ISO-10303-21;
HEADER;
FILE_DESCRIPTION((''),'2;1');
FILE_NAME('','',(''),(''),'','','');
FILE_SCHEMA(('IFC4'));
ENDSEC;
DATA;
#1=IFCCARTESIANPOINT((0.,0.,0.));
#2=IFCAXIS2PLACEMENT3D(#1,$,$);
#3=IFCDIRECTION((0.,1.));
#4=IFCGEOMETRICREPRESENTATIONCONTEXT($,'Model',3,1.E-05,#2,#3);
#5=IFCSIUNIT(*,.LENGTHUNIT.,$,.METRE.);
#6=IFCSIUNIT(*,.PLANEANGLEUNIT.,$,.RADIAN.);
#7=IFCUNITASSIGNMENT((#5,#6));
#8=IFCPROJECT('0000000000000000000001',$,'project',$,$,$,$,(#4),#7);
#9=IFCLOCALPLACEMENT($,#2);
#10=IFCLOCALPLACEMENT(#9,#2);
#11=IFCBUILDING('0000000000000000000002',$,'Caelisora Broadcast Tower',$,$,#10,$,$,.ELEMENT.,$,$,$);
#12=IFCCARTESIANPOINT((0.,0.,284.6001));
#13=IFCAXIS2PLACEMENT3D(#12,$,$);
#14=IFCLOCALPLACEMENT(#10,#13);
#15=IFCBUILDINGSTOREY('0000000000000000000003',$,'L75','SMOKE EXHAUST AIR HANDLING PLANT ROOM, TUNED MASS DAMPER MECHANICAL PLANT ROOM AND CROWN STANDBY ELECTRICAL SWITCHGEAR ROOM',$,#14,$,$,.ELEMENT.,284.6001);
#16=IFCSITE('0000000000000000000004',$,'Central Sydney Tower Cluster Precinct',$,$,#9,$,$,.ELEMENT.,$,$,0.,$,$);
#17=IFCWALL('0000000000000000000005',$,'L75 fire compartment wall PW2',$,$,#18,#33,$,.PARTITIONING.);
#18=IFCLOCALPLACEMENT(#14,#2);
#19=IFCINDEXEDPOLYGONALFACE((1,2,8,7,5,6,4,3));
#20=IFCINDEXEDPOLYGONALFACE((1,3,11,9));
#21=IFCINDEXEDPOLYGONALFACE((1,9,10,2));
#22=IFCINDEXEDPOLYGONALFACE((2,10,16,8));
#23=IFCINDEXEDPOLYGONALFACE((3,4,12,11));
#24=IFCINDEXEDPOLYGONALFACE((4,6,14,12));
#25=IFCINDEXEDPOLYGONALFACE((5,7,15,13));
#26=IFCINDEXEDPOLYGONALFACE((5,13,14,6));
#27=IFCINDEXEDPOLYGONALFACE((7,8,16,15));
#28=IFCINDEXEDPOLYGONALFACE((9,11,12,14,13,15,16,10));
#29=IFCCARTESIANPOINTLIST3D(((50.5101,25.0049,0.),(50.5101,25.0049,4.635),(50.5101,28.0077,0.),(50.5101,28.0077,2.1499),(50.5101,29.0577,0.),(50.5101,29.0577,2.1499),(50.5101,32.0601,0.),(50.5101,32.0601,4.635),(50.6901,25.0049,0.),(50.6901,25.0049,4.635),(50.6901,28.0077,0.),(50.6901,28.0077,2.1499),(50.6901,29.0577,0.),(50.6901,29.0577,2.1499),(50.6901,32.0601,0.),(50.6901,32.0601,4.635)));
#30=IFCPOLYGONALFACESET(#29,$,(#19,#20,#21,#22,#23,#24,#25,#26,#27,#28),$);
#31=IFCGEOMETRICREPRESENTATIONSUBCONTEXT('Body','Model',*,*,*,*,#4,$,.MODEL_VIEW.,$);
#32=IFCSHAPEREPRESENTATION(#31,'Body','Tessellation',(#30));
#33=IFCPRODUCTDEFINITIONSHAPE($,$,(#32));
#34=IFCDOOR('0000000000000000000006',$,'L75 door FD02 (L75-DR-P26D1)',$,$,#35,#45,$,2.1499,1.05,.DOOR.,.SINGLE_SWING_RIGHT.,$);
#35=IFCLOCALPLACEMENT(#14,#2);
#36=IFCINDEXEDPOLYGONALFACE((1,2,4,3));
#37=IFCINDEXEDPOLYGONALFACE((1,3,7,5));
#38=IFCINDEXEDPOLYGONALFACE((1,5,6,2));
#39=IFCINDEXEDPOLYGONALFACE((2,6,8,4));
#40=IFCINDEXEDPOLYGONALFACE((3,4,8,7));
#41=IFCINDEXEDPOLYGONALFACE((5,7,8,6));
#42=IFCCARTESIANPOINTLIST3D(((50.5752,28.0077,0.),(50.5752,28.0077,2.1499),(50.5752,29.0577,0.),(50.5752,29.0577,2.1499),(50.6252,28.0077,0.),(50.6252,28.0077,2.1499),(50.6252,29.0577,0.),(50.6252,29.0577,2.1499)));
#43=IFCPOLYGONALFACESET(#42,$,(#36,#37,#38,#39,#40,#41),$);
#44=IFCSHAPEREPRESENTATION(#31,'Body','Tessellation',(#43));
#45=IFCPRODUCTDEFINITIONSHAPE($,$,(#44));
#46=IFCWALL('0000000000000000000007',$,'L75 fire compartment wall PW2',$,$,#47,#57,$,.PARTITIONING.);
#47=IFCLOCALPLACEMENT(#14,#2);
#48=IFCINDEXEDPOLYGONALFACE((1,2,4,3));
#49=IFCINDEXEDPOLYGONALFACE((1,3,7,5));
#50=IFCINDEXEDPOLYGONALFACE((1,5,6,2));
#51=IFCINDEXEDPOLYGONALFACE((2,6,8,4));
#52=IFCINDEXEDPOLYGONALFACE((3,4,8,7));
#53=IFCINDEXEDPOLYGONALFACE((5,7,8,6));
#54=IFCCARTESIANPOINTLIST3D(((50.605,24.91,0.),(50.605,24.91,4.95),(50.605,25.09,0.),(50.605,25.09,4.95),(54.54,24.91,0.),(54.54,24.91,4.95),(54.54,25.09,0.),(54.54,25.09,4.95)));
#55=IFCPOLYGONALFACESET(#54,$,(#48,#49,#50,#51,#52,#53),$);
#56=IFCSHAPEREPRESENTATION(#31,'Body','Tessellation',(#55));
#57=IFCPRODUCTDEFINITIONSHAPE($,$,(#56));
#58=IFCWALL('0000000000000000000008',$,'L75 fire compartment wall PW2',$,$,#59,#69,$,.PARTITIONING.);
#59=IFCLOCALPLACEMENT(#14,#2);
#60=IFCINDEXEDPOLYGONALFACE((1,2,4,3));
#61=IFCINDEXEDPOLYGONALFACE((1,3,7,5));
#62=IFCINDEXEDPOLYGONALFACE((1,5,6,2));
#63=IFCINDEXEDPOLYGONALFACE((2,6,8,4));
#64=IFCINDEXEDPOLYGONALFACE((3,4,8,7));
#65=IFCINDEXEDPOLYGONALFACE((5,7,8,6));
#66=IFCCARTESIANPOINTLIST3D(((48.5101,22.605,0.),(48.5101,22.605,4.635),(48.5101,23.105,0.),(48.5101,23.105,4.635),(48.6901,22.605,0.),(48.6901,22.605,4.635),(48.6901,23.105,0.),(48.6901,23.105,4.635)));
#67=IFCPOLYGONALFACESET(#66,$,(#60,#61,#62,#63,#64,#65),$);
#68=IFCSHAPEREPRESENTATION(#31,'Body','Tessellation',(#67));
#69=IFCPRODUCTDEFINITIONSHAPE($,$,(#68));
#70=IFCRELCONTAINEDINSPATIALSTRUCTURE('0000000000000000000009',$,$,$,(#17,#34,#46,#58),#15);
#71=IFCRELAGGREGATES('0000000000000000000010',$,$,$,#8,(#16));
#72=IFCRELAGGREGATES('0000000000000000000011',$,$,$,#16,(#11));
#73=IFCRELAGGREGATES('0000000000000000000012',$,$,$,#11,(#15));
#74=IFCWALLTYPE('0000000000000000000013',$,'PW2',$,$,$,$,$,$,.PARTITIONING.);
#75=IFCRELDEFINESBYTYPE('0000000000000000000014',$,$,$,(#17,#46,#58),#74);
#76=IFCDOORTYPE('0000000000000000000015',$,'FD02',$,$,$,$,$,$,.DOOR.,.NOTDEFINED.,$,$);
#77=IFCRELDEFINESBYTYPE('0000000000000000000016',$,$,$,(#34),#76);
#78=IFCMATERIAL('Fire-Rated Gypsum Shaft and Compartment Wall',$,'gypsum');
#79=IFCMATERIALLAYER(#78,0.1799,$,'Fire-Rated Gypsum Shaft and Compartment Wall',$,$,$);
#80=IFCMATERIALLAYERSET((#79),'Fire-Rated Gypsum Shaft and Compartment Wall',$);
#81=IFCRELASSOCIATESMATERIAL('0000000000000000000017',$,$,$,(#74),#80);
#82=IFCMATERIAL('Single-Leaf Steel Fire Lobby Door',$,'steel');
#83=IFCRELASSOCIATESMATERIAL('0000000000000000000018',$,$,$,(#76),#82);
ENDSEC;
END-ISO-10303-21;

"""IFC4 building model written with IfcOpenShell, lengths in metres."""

from ifc_helpers import new_model, si_unit, direction, frame, frame_2d, origin, place, context, subcontext, project, spatial, rectangle, extrude, material, layer, layer_set, type_object, element, fill, save


model = new_model("IFC4")

# Units and contexts
model_context = context("Model", 3, precision=1e-05, world=origin(), true_north=direction((0.0, 1.0)))
body_context = subcontext(model_context, "Body", "Model", "MODEL_VIEW")
ifc_project = project(units=[si_unit("LENGTHUNIT", "METRE"), si_unit("PLANEANGLEUNIT", "RADIAN")], contexts=[model_context])

# Site, building, storey
site_placement = place(None, origin())
site = spatial("IfcSite", under=ifc_project, at=site_placement, Name="Central Sydney Tower Cluster Precinct", CompositionType="ELEMENT", RefElevation=0.0)
building_placement = place(site_placement, origin())
building = spatial("IfcBuilding", under=site, at=building_placement, Name="Caelisora Broadcast Tower", CompositionType="ELEMENT")
storey_placement = place(building_placement, frame((0.0, 0.0, 284.6001)))
storey = spatial("IfcBuildingStorey", under=building, at=storey_placement, Name="L75", Description="SMOKE EXHAUST AIR HANDLING PLANT ROOM, TUNED MASS DAMPER MECHANICAL PLANT ROOM AND CROWN STANDBY ELECTRICAL SWITCHGEAR ROOM", CompositionType="ELEMENT", Elevation=284.6001)

# Wall, opening, door
ifc_material_1 = material(Name="Fire-Rated Gypsum Shaft and Compartment Wall", Category="gypsum")
ifc_layer_1 = layer(ifc_material_1, 0.1799, Name="Fire-Rated Gypsum Shaft and Compartment Wall")
ifc_layer_set_1 = layer_set([ifc_layer_1], Name="Fire-Rated Gypsum Shaft and Compartment Wall")
wall_type = type_object("IfcWallType", Name="PW2", PredefinedType="PARTITIONING", material=ifc_layer_set_1)
ifc_material_2 = material(Name="Single-Leaf Steel Fire Lobby Door", Category="steel")
door_type = type_object("IfcDoorType", Name="FD02", OperationType="NOTDEFINED", PredefinedType="DOOR", material=ifc_material_2)
wall_1_placement = place(storey_placement, frame((50.6001, 25.0049, 0.0), z_axis=(0.0, 0.0, 1.0), x_axis=(0.0, 1.0, 0.0)))
wall_1 = element("IfcWall", 1, at=wall_1_placement, inside=storey, type_object=wall_type, Name="L75 fire compartment wall PW2", PredefinedType="PARTITIONING", context=body_context, shape_type="SweptSolid", body=[
    extrude(rectangle(XDim=7.0552, YDim=0.1799, at=frame_2d((3.5276, 0.0))), origin(), (0.0, 0.0, 1.0), 4.635),
])
opening_1_placement = place(wall_1_placement, frame((3.0029, 0.0, 0.0)))
opening_1 = element("IfcOpeningElement", 2, at=opening_1_placement, cuts=wall_1, PredefinedType="OPENING", context=body_context, shape_type="SweptSolid", body=[
    extrude(rectangle(XDim=1.05, YDim=2.1499, at=frame_2d((0.5249, 1.075))), frame((0.0, 0.1021, 0.0), z_axis=(0.0, -1.0, 0.0), x_axis=(1.0, 0.0, 0.0)), (0.0, 0.0, 1.0), 0.2039),
])
door_1_placement = place(opening_1_placement, origin())
door_1 = element("IfcDoor", 3, at=door_1_placement, inside=storey, type_object=door_type, Name="L75 door FD02 (L75-DR-P26D1)", OperationType="SINGLE_SWING_RIGHT", OverallHeight=2.1499, OverallWidth=1.05, PredefinedType="DOOR", context=body_context, shape_type="SweptSolid", body=[
    extrude(rectangle(XDim=1.05, YDim=2.1499, at=frame_2d((0.5249, 1.075))), frame((0.0, 0.0249, 0.0), z_axis=(0.0, -1.0, 0.0), x_axis=(1.0, 0.0, 0.0)), (0.0, 0.0, 1.0), 0.05),
])
fill(opening_1, door_1)

# Walls
wall_2_placement = place(storey_placement, frame((50.605, 25.0, 0.0), z_axis=(0.0, 0.0, 1.0), x_axis=(1.0, 0.0, 0.0)))
element("IfcWall", 4, at=wall_2_placement, inside=storey, type_object=wall_type, Name="L75 fire compartment wall PW2", PredefinedType="PARTITIONING", context=body_context, shape_type="SweptSolid", body=[
    extrude(rectangle(XDim=3.9351, YDim=0.1799, at=frame_2d((1.9675, 0.0))), origin(), (0.0, 0.0, 1.0), 4.95),
])
wall_3_placement = place(storey_placement, frame((48.6001, 23.105, 0.0), z_axis=(0.0, 0.0, 1.0), x_axis=(0.0, -1.0, 0.0)))
element("IfcWall", 5, at=wall_3_placement, inside=storey, type_object=wall_type, Name="L75 fire compartment wall PW2", PredefinedType="PARTITIONING", context=body_context, shape_type="SweptSolid", body=[
    extrude(rectangle(XDim=0.5, YDim=0.1799, at=frame_2d((0.25, 0.0))), origin(), (0.0, 0.0, 1.0), 4.635),
])

save(model, "model.ifc")
